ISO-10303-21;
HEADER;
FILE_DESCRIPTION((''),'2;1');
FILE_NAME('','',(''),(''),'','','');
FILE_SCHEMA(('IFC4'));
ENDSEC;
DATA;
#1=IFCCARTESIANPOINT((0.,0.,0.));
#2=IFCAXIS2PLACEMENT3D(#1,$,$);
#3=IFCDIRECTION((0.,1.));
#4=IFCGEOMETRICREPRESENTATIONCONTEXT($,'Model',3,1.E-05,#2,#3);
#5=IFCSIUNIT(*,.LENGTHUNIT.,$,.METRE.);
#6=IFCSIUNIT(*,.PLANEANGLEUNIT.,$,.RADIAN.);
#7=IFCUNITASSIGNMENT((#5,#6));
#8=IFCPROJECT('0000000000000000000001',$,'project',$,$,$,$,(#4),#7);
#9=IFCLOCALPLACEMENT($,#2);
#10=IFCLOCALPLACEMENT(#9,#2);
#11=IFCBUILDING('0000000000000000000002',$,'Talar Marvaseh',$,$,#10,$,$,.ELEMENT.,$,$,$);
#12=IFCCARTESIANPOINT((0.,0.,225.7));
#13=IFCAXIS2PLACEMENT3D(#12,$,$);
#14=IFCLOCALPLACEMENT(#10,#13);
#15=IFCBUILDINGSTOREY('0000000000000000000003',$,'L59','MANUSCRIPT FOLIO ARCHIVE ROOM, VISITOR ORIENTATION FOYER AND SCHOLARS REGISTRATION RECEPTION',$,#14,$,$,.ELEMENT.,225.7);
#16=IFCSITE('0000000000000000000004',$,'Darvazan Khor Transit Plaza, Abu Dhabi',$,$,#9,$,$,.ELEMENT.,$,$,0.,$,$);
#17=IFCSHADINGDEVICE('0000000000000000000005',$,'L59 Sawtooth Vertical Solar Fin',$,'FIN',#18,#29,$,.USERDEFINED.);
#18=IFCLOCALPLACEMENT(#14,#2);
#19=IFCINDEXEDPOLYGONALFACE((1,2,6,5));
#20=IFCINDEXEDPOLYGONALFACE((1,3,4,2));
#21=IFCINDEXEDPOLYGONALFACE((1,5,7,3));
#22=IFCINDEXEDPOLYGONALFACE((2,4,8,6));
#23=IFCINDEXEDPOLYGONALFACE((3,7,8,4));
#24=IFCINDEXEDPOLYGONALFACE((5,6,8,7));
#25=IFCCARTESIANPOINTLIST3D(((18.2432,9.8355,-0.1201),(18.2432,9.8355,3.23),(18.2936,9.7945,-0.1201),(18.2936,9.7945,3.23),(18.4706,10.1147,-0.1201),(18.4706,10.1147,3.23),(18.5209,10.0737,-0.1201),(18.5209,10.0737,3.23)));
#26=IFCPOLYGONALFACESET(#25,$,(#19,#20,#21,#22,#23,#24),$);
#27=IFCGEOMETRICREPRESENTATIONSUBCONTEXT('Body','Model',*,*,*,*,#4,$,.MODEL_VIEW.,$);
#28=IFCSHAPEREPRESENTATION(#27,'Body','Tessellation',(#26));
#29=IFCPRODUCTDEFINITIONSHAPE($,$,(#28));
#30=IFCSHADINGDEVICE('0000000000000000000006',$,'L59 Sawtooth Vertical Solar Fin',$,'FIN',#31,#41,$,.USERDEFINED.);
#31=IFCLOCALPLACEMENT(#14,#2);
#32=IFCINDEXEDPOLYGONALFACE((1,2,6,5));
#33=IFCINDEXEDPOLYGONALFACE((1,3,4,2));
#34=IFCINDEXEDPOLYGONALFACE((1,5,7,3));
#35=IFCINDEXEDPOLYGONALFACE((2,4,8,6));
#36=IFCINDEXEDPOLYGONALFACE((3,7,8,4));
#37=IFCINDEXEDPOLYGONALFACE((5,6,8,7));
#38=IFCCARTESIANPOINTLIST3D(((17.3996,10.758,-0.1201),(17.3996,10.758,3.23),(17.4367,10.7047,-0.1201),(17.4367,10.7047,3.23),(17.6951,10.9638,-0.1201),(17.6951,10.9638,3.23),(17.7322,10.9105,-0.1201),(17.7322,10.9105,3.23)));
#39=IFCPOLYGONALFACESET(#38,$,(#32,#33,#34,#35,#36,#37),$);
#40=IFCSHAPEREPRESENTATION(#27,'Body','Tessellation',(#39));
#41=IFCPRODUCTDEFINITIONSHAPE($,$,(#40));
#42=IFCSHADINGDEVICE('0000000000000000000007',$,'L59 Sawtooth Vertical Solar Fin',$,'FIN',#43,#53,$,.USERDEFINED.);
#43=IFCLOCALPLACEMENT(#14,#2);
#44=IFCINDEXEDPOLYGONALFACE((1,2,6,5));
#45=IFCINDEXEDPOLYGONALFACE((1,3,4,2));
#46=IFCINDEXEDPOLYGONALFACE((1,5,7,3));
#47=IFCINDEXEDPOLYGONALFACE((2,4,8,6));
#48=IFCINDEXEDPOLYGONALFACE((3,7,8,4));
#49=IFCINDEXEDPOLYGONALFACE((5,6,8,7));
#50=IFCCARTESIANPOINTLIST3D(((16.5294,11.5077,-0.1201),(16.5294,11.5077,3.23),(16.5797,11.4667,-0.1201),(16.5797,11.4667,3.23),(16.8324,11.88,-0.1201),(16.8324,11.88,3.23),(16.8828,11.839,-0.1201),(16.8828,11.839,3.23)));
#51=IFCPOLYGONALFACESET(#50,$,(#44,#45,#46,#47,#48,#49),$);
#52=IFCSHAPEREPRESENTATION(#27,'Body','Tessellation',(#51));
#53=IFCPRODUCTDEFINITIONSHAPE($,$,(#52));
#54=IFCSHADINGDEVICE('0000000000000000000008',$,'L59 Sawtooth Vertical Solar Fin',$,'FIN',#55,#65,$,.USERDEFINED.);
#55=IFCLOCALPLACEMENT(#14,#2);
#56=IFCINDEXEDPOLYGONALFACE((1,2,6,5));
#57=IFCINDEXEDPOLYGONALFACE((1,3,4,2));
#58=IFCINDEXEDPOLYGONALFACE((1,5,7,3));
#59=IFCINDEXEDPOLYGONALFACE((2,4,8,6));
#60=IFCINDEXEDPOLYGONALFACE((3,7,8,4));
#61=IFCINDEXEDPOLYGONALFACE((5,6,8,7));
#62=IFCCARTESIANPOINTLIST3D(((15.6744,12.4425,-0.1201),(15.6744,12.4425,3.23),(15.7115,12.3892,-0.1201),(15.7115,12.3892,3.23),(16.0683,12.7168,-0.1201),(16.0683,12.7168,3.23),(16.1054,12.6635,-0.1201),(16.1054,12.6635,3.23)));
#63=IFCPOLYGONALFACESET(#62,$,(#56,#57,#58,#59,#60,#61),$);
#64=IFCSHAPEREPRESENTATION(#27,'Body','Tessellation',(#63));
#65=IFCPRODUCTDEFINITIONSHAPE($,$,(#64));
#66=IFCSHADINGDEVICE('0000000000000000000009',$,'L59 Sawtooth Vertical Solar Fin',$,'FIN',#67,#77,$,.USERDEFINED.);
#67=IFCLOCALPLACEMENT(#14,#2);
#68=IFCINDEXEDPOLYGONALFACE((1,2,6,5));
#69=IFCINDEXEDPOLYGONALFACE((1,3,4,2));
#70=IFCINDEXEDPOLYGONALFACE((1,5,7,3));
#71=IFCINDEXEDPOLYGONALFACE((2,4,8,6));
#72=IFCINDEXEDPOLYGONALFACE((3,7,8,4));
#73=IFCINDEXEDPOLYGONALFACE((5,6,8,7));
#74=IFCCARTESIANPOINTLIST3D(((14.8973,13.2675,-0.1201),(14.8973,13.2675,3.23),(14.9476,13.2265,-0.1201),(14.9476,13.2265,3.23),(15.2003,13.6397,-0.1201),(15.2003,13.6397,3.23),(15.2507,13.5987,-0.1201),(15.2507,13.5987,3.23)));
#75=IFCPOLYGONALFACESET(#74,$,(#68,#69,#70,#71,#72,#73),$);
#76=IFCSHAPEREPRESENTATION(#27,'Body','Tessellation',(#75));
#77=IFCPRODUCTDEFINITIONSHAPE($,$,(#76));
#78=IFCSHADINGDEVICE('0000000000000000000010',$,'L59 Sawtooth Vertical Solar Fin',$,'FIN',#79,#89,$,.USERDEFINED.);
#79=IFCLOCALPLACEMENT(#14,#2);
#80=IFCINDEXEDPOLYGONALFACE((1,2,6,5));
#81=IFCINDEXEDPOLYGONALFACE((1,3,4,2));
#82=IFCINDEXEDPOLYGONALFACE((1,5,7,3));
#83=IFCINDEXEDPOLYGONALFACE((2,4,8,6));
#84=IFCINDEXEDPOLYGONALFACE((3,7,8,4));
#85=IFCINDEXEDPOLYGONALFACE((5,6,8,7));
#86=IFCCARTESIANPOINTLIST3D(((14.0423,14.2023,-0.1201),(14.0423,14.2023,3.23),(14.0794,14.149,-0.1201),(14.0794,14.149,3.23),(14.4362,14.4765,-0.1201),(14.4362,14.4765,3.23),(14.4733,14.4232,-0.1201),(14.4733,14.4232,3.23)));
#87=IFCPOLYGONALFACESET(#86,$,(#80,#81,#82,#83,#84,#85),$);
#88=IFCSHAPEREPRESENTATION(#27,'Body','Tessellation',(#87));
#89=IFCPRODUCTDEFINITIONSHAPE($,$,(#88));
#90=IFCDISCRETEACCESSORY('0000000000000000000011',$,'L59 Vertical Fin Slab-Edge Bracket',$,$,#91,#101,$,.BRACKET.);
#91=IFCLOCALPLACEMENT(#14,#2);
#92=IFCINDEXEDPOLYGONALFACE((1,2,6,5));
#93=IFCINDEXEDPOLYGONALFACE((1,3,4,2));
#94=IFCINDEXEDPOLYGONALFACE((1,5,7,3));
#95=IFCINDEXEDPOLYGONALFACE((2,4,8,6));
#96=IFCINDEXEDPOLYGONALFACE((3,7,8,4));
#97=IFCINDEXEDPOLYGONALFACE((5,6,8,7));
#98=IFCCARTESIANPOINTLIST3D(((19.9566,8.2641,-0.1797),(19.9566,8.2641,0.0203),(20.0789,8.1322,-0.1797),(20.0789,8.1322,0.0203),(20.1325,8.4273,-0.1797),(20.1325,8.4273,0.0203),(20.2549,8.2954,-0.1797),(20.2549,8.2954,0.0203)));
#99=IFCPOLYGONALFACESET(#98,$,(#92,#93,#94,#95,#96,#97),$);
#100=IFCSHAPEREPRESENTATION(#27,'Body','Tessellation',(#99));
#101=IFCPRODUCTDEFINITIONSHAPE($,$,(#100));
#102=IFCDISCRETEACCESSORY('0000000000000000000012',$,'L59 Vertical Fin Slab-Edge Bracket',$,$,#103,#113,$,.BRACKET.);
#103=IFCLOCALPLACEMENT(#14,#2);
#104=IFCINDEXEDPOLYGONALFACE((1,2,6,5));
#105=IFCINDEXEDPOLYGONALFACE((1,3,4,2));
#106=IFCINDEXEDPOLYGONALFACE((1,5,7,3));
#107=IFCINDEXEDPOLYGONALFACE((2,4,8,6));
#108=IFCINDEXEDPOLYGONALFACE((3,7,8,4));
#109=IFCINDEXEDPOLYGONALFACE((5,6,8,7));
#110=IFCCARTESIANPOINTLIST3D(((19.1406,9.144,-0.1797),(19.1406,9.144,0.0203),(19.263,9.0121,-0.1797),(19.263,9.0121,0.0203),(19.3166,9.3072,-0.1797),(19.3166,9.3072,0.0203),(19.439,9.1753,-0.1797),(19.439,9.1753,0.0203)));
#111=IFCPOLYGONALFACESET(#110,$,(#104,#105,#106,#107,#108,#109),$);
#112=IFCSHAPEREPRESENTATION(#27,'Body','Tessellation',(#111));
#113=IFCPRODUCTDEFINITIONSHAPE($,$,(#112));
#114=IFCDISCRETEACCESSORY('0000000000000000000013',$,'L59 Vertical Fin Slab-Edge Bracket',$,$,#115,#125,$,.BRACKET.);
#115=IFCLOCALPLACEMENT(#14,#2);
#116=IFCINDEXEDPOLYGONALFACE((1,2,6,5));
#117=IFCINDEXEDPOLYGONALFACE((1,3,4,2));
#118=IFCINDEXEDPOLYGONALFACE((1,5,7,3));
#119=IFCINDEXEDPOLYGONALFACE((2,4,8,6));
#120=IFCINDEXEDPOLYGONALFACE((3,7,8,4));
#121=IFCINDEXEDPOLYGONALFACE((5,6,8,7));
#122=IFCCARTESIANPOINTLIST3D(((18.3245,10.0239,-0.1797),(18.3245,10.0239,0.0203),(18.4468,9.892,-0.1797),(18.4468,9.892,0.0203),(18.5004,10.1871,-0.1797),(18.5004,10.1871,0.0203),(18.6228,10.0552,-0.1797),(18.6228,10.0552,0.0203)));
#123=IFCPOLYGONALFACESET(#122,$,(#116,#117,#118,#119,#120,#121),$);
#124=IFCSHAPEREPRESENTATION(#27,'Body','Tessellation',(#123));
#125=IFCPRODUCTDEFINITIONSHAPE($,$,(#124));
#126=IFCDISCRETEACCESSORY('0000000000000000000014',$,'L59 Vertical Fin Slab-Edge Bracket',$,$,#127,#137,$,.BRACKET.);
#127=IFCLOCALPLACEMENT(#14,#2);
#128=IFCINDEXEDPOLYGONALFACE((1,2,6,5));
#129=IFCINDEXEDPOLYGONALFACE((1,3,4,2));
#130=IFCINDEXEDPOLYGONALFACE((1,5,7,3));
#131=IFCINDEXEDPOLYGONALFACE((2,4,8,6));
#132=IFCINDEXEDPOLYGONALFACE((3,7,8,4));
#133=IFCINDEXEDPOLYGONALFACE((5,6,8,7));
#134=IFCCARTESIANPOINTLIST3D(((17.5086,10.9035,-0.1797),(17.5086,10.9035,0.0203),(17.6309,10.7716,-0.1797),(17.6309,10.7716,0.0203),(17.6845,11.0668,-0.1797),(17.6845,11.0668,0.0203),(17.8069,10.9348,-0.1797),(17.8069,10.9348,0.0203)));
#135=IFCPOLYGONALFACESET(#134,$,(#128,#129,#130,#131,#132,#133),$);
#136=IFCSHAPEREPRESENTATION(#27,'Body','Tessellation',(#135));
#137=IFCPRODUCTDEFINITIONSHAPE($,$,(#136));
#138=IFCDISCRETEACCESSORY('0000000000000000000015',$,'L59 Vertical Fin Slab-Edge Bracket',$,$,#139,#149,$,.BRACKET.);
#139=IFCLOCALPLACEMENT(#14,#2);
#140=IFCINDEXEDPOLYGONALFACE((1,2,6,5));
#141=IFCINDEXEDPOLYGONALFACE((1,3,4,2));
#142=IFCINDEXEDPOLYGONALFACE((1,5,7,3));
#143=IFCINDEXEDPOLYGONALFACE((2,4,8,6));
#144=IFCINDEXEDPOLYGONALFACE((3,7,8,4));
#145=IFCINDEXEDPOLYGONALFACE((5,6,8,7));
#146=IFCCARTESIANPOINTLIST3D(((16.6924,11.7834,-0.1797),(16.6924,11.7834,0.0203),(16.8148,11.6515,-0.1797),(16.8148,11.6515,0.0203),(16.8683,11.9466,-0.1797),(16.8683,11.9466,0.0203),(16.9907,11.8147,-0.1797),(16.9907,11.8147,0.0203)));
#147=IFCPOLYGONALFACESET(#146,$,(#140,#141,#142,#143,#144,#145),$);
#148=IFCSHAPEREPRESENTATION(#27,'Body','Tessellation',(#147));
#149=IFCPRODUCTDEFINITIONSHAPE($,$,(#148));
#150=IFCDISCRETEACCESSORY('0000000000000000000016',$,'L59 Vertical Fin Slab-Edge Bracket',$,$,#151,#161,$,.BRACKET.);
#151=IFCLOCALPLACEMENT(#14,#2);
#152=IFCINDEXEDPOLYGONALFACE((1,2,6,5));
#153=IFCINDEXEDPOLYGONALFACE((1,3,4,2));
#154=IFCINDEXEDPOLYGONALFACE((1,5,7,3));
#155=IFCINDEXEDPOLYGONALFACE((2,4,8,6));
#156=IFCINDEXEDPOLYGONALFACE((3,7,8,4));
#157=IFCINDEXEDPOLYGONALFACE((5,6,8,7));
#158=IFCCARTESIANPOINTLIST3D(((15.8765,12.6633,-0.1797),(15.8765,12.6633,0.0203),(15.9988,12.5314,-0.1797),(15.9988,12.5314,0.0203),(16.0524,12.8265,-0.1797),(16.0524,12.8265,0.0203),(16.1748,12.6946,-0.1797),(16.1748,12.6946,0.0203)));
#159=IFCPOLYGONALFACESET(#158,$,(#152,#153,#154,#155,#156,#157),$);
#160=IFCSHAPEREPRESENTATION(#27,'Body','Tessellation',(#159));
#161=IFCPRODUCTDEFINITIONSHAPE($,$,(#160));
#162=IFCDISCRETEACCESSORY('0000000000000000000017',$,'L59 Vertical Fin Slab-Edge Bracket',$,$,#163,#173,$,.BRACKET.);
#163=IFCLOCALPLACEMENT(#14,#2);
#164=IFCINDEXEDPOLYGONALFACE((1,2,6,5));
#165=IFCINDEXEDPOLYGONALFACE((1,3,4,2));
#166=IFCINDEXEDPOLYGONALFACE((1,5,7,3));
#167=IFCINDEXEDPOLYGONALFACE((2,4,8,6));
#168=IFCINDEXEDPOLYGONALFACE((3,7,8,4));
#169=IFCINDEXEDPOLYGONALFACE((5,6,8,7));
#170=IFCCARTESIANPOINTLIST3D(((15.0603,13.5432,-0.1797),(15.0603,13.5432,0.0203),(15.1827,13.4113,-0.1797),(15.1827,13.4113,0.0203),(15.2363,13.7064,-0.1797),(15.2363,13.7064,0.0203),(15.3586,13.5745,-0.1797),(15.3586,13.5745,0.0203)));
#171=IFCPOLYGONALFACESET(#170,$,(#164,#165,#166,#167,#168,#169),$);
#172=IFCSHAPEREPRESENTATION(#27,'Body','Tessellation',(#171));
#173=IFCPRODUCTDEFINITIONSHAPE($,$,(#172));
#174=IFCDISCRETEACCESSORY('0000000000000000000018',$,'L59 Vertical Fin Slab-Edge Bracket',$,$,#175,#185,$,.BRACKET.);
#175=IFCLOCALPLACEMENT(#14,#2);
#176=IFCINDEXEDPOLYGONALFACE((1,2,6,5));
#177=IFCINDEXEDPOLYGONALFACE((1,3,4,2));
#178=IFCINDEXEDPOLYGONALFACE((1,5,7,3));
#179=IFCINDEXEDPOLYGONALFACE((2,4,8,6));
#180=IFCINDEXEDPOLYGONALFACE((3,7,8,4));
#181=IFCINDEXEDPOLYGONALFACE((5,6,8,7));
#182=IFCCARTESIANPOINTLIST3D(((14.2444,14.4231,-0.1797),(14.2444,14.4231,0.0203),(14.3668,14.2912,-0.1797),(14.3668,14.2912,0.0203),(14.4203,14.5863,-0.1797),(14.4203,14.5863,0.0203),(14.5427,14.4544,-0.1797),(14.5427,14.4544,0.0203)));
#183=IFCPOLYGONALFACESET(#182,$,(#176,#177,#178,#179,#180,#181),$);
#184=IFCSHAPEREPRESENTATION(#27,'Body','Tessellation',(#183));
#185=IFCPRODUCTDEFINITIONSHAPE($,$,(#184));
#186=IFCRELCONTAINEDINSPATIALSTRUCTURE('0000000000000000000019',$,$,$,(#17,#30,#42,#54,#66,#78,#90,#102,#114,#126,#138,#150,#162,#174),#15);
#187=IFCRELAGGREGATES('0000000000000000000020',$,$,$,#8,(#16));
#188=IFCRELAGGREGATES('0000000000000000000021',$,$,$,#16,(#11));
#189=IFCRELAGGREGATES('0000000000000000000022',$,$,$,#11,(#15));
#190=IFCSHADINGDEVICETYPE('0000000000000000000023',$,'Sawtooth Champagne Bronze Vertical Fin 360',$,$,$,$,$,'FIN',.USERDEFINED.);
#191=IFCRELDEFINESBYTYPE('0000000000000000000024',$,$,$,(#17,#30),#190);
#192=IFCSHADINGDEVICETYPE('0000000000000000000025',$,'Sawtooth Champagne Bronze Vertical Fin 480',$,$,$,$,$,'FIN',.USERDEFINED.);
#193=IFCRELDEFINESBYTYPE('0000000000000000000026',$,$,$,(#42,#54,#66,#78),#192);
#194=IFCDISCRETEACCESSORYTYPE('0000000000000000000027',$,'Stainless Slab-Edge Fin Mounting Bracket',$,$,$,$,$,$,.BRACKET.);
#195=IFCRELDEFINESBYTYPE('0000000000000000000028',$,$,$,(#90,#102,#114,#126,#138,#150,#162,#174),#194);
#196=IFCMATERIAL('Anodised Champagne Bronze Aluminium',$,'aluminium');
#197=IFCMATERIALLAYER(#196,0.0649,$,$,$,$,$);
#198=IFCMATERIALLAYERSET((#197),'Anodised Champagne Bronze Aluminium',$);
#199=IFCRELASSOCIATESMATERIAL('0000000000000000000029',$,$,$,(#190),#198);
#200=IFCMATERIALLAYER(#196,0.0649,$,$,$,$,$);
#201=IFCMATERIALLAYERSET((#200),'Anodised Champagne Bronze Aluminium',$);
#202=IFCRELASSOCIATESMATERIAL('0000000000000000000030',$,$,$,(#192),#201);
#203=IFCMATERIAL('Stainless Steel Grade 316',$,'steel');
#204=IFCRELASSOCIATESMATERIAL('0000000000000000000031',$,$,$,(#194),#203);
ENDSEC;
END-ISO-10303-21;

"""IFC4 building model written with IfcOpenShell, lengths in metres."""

from ifc_helpers import new_model, si_unit, direction, frame, origin, origin_2d, place, context, subcontext, project, spatial, rectangle, extrude, source, transform, mapped, material, layer, layer_set, type_object, type_shapes, element, save


model = new_model("IFC4")

# Units and contexts
model_context = context("Model", 3, precision=1e-05, world=origin(), true_north=direction((0.0, 1.0)))
body_context = subcontext(model_context, "Body", "Model", "MODEL_VIEW")
ifc_project = project(units=[si_unit("LENGTHUNIT", "METRE"), si_unit("PLANEANGLEUNIT", "RADIAN")], contexts=[model_context])

# Site, building, storey
site_placement = place(None, origin())
site = spatial("IfcSite", under=ifc_project, at=site_placement, Name="Darvazan Khor Transit Plaza, Abu Dhabi", CompositionType="ELEMENT", RefElevation=0.0)
building_placement = place(site_placement, origin())
building = spatial("IfcBuilding", under=site, at=building_placement, Name="Talar Marvaseh", CompositionType="ELEMENT")
storey_placement = place(building_placement, frame((0.0, 0.0, 225.7)))
storey = spatial("IfcBuildingStorey", under=building, at=storey_placement, Name="L59", Description="MANUSCRIPT FOLIO ARCHIVE ROOM, VISITOR ORIENTATION FOYER AND SCHOLARS REGISTRATION RECEPTION", CompositionType="ELEMENT", Elevation=225.7)

# Shading devices
ifc_material_1 = material(Name="Anodised Champagne Bronze Aluminium", Category="aluminium")
ifc_layer_1 = layer(ifc_material_1, 0.0649)
ifc_layer_set_1 = layer_set([ifc_layer_1], Name="Anodised Champagne Bronze Aluminium")
shading_device_type_1 = type_object("IfcShadingDeviceType", Name="Sawtooth Champagne Bronze Vertical Fin 360", ElementType="FIN", PredefinedType="USERDEFINED", material=ifc_layer_set_1)
shared_shape_1 = source(origin(), body_context, "Body", "SweptSolid", [
    extrude(rectangle(XDim=0.3601, YDim=0.0649, at=origin_2d()), origin(), (0.0, 0.0, 1.0), 3.3501),
])
type_shapes(shading_device_type_1, [shared_shape_1])
for number, where, z_axis, x_axis, name in (
    (1, (18.3821, 9.9546, -0.1201), (0.0, 0.0, 1.0), (-0.631353, -0.775496, 0.0), "L59 Sawtooth Vertical Solar Fin"),
    (2, (17.5659, 10.8342, -0.1201), (0.0, 0.0, 1.0), (-0.820651, -0.57143, 0.0), "L59 Sawtooth Vertical Solar Fin"),
):
    element("IfcShadingDevice", number, at=place(storey_placement, frame(where, z_axis=z_axis, x_axis=x_axis)), inside=storey, type_object=shading_device_type_1, Name=name, ObjectType="FIN", PredefinedType="USERDEFINED", context=body_context, shape_type="MappedRepresentation", body=[
        mapped(shared_shape_1, transform((0.0, 0.0, 0.0), x_axis=(1.0, 0.0, 0.0), y_axis=(0.0, 1.0, 0.0), z_axis=(0.0, 0.0, 1.0), scale=1.0)),
    ])
ifc_layer_2 = layer(ifc_material_1, 0.0649)
ifc_layer_set_2 = layer_set([ifc_layer_2], Name="Anodised Champagne Bronze Aluminium")
shading_device_type_2 = type_object("IfcShadingDeviceType", Name="Sawtooth Champagne Bronze Vertical Fin 480", ElementType="FIN", PredefinedType="USERDEFINED", material=ifc_layer_set_2)
shared_shape_2 = source(origin(), body_context, "Body", "SweptSolid", [
    extrude(rectangle(XDim=0.48, YDim=0.0649, at=origin_2d()), origin(), (0.0, 0.0, 1.0), 3.3501),
])
type_shapes(shading_device_type_2, [shared_shape_2])
for number, where, z_axis, x_axis, name in (
    (3, (16.7061, 11.6733, -0.1201), (0.0, 0.0, 1.0), (-0.631353, -0.775496, 0.0), "L59 Sawtooth Vertical Solar Fin"),
    (4, (15.8899, 12.553, -0.1201), (0.0, 0.0, 1.0), (-0.820651, -0.57143, 0.0), "L59 Sawtooth Vertical Solar Fin"),
    (5, (15.074, 13.4331, -0.1201), (0.0, 0.0, 1.0), (-0.631353, -0.775496, 0.0), "L59 Sawtooth Vertical Solar Fin"),
    (6, (14.2578, 14.3127, -0.1201), (0.0, 0.0, 1.0), (-0.820651, -0.57143, 0.0), "L59 Sawtooth Vertical Solar Fin"),
):
    element("IfcShadingDevice", number, at=place(storey_placement, frame(where, z_axis=z_axis, x_axis=x_axis)), inside=storey, type_object=shading_device_type_2, Name=name, ObjectType="FIN", PredefinedType="USERDEFINED", context=body_context, shape_type="MappedRepresentation", body=[
        mapped(shared_shape_2, transform((0.0, 0.0, 0.0), x_axis=(1.0, 0.0, 0.0), y_axis=(0.0, 1.0, 0.0), z_axis=(0.0, 0.0, 1.0), scale=1.0)),
    ])

# Discrete accessories
ifc_material_2 = material(Name="Stainless Steel Grade 316", Category="steel")
discrete_accessory_type = type_object("IfcDiscreteAccessoryType", Name="Stainless Slab-Edge Fin Mounting Bracket", PredefinedType="BRACKET", material=ifc_material_2)
shared_shape_3 = source(origin(), body_context, "Body", "SweptSolid", [
    extrude(rectangle(XDim=0.24, YDim=0.1799, at=origin_2d()), origin(), (0.0, 0.0, 1.0), 0.2),
])
type_shapes(discrete_accessory_type, [shared_shape_3])
for number, where, z_axis, x_axis, name in (
    (7, (20.1057, 8.2798, -0.1797), (0.0, 0.0, 1.0), (-0.733137, -0.680081, 0.0), "L59 Vertical Fin Slab-Edge Bracket"),
    (8, (19.2898, 9.1597, -0.1797), (0.0, 0.0, 1.0), (-0.733137, -0.680081, 0.0), "L59 Vertical Fin Slab-Edge Bracket"),
    (9, (18.4736, 10.0396, -0.1797), (0.0, 0.0, 1.0), (-0.733137, -0.680081, 0.0), "L59 Vertical Fin Slab-Edge Bracket"),
    (10, (17.6577, 10.9192, -0.1797), (0.0, 0.0, 1.0), (-0.733137, -0.680081, 0.0), "L59 Vertical Fin Slab-Edge Bracket"),
    (11, (16.8416, 11.7991, -0.1797), (0.0, 0.0, 1.0), (-0.733137, -0.680081, 0.0), "L59 Vertical Fin Slab-Edge Bracket"),
    (12, (16.0256, 12.679, -0.1797), (0.0, 0.0, 1.0), (-0.733137, -0.680081, 0.0), "L59 Vertical Fin Slab-Edge Bracket"),
    (13, (15.2095, 13.5588, -0.1797), (0.0, 0.0, 1.0), (-0.733137, -0.680081, 0.0), "L59 Vertical Fin Slab-Edge Bracket"),
    (14, (14.3936, 14.4387, -0.1797), (0.0, 0.0, 1.0), (-0.733137, -0.680081, 0.0), "L59 Vertical Fin Slab-Edge Bracket"),
):
    element("IfcDiscreteAccessory", number, at=place(storey_placement, frame(where, z_axis=z_axis, x_axis=x_axis)), inside=storey, type_object=discrete_accessory_type, Name=name, PredefinedType="BRACKET", context=body_context, shape_type="MappedRepresentation", body=[
        mapped(shared_shape_3, transform((0.0, 0.0, 0.0), x_axis=(1.0, 0.0, 0.0), y_axis=(0.0, 1.0, 0.0), z_axis=(0.0, 0.0, 1.0), scale=1.0)),
    ])

save(model, "model.ifc")
